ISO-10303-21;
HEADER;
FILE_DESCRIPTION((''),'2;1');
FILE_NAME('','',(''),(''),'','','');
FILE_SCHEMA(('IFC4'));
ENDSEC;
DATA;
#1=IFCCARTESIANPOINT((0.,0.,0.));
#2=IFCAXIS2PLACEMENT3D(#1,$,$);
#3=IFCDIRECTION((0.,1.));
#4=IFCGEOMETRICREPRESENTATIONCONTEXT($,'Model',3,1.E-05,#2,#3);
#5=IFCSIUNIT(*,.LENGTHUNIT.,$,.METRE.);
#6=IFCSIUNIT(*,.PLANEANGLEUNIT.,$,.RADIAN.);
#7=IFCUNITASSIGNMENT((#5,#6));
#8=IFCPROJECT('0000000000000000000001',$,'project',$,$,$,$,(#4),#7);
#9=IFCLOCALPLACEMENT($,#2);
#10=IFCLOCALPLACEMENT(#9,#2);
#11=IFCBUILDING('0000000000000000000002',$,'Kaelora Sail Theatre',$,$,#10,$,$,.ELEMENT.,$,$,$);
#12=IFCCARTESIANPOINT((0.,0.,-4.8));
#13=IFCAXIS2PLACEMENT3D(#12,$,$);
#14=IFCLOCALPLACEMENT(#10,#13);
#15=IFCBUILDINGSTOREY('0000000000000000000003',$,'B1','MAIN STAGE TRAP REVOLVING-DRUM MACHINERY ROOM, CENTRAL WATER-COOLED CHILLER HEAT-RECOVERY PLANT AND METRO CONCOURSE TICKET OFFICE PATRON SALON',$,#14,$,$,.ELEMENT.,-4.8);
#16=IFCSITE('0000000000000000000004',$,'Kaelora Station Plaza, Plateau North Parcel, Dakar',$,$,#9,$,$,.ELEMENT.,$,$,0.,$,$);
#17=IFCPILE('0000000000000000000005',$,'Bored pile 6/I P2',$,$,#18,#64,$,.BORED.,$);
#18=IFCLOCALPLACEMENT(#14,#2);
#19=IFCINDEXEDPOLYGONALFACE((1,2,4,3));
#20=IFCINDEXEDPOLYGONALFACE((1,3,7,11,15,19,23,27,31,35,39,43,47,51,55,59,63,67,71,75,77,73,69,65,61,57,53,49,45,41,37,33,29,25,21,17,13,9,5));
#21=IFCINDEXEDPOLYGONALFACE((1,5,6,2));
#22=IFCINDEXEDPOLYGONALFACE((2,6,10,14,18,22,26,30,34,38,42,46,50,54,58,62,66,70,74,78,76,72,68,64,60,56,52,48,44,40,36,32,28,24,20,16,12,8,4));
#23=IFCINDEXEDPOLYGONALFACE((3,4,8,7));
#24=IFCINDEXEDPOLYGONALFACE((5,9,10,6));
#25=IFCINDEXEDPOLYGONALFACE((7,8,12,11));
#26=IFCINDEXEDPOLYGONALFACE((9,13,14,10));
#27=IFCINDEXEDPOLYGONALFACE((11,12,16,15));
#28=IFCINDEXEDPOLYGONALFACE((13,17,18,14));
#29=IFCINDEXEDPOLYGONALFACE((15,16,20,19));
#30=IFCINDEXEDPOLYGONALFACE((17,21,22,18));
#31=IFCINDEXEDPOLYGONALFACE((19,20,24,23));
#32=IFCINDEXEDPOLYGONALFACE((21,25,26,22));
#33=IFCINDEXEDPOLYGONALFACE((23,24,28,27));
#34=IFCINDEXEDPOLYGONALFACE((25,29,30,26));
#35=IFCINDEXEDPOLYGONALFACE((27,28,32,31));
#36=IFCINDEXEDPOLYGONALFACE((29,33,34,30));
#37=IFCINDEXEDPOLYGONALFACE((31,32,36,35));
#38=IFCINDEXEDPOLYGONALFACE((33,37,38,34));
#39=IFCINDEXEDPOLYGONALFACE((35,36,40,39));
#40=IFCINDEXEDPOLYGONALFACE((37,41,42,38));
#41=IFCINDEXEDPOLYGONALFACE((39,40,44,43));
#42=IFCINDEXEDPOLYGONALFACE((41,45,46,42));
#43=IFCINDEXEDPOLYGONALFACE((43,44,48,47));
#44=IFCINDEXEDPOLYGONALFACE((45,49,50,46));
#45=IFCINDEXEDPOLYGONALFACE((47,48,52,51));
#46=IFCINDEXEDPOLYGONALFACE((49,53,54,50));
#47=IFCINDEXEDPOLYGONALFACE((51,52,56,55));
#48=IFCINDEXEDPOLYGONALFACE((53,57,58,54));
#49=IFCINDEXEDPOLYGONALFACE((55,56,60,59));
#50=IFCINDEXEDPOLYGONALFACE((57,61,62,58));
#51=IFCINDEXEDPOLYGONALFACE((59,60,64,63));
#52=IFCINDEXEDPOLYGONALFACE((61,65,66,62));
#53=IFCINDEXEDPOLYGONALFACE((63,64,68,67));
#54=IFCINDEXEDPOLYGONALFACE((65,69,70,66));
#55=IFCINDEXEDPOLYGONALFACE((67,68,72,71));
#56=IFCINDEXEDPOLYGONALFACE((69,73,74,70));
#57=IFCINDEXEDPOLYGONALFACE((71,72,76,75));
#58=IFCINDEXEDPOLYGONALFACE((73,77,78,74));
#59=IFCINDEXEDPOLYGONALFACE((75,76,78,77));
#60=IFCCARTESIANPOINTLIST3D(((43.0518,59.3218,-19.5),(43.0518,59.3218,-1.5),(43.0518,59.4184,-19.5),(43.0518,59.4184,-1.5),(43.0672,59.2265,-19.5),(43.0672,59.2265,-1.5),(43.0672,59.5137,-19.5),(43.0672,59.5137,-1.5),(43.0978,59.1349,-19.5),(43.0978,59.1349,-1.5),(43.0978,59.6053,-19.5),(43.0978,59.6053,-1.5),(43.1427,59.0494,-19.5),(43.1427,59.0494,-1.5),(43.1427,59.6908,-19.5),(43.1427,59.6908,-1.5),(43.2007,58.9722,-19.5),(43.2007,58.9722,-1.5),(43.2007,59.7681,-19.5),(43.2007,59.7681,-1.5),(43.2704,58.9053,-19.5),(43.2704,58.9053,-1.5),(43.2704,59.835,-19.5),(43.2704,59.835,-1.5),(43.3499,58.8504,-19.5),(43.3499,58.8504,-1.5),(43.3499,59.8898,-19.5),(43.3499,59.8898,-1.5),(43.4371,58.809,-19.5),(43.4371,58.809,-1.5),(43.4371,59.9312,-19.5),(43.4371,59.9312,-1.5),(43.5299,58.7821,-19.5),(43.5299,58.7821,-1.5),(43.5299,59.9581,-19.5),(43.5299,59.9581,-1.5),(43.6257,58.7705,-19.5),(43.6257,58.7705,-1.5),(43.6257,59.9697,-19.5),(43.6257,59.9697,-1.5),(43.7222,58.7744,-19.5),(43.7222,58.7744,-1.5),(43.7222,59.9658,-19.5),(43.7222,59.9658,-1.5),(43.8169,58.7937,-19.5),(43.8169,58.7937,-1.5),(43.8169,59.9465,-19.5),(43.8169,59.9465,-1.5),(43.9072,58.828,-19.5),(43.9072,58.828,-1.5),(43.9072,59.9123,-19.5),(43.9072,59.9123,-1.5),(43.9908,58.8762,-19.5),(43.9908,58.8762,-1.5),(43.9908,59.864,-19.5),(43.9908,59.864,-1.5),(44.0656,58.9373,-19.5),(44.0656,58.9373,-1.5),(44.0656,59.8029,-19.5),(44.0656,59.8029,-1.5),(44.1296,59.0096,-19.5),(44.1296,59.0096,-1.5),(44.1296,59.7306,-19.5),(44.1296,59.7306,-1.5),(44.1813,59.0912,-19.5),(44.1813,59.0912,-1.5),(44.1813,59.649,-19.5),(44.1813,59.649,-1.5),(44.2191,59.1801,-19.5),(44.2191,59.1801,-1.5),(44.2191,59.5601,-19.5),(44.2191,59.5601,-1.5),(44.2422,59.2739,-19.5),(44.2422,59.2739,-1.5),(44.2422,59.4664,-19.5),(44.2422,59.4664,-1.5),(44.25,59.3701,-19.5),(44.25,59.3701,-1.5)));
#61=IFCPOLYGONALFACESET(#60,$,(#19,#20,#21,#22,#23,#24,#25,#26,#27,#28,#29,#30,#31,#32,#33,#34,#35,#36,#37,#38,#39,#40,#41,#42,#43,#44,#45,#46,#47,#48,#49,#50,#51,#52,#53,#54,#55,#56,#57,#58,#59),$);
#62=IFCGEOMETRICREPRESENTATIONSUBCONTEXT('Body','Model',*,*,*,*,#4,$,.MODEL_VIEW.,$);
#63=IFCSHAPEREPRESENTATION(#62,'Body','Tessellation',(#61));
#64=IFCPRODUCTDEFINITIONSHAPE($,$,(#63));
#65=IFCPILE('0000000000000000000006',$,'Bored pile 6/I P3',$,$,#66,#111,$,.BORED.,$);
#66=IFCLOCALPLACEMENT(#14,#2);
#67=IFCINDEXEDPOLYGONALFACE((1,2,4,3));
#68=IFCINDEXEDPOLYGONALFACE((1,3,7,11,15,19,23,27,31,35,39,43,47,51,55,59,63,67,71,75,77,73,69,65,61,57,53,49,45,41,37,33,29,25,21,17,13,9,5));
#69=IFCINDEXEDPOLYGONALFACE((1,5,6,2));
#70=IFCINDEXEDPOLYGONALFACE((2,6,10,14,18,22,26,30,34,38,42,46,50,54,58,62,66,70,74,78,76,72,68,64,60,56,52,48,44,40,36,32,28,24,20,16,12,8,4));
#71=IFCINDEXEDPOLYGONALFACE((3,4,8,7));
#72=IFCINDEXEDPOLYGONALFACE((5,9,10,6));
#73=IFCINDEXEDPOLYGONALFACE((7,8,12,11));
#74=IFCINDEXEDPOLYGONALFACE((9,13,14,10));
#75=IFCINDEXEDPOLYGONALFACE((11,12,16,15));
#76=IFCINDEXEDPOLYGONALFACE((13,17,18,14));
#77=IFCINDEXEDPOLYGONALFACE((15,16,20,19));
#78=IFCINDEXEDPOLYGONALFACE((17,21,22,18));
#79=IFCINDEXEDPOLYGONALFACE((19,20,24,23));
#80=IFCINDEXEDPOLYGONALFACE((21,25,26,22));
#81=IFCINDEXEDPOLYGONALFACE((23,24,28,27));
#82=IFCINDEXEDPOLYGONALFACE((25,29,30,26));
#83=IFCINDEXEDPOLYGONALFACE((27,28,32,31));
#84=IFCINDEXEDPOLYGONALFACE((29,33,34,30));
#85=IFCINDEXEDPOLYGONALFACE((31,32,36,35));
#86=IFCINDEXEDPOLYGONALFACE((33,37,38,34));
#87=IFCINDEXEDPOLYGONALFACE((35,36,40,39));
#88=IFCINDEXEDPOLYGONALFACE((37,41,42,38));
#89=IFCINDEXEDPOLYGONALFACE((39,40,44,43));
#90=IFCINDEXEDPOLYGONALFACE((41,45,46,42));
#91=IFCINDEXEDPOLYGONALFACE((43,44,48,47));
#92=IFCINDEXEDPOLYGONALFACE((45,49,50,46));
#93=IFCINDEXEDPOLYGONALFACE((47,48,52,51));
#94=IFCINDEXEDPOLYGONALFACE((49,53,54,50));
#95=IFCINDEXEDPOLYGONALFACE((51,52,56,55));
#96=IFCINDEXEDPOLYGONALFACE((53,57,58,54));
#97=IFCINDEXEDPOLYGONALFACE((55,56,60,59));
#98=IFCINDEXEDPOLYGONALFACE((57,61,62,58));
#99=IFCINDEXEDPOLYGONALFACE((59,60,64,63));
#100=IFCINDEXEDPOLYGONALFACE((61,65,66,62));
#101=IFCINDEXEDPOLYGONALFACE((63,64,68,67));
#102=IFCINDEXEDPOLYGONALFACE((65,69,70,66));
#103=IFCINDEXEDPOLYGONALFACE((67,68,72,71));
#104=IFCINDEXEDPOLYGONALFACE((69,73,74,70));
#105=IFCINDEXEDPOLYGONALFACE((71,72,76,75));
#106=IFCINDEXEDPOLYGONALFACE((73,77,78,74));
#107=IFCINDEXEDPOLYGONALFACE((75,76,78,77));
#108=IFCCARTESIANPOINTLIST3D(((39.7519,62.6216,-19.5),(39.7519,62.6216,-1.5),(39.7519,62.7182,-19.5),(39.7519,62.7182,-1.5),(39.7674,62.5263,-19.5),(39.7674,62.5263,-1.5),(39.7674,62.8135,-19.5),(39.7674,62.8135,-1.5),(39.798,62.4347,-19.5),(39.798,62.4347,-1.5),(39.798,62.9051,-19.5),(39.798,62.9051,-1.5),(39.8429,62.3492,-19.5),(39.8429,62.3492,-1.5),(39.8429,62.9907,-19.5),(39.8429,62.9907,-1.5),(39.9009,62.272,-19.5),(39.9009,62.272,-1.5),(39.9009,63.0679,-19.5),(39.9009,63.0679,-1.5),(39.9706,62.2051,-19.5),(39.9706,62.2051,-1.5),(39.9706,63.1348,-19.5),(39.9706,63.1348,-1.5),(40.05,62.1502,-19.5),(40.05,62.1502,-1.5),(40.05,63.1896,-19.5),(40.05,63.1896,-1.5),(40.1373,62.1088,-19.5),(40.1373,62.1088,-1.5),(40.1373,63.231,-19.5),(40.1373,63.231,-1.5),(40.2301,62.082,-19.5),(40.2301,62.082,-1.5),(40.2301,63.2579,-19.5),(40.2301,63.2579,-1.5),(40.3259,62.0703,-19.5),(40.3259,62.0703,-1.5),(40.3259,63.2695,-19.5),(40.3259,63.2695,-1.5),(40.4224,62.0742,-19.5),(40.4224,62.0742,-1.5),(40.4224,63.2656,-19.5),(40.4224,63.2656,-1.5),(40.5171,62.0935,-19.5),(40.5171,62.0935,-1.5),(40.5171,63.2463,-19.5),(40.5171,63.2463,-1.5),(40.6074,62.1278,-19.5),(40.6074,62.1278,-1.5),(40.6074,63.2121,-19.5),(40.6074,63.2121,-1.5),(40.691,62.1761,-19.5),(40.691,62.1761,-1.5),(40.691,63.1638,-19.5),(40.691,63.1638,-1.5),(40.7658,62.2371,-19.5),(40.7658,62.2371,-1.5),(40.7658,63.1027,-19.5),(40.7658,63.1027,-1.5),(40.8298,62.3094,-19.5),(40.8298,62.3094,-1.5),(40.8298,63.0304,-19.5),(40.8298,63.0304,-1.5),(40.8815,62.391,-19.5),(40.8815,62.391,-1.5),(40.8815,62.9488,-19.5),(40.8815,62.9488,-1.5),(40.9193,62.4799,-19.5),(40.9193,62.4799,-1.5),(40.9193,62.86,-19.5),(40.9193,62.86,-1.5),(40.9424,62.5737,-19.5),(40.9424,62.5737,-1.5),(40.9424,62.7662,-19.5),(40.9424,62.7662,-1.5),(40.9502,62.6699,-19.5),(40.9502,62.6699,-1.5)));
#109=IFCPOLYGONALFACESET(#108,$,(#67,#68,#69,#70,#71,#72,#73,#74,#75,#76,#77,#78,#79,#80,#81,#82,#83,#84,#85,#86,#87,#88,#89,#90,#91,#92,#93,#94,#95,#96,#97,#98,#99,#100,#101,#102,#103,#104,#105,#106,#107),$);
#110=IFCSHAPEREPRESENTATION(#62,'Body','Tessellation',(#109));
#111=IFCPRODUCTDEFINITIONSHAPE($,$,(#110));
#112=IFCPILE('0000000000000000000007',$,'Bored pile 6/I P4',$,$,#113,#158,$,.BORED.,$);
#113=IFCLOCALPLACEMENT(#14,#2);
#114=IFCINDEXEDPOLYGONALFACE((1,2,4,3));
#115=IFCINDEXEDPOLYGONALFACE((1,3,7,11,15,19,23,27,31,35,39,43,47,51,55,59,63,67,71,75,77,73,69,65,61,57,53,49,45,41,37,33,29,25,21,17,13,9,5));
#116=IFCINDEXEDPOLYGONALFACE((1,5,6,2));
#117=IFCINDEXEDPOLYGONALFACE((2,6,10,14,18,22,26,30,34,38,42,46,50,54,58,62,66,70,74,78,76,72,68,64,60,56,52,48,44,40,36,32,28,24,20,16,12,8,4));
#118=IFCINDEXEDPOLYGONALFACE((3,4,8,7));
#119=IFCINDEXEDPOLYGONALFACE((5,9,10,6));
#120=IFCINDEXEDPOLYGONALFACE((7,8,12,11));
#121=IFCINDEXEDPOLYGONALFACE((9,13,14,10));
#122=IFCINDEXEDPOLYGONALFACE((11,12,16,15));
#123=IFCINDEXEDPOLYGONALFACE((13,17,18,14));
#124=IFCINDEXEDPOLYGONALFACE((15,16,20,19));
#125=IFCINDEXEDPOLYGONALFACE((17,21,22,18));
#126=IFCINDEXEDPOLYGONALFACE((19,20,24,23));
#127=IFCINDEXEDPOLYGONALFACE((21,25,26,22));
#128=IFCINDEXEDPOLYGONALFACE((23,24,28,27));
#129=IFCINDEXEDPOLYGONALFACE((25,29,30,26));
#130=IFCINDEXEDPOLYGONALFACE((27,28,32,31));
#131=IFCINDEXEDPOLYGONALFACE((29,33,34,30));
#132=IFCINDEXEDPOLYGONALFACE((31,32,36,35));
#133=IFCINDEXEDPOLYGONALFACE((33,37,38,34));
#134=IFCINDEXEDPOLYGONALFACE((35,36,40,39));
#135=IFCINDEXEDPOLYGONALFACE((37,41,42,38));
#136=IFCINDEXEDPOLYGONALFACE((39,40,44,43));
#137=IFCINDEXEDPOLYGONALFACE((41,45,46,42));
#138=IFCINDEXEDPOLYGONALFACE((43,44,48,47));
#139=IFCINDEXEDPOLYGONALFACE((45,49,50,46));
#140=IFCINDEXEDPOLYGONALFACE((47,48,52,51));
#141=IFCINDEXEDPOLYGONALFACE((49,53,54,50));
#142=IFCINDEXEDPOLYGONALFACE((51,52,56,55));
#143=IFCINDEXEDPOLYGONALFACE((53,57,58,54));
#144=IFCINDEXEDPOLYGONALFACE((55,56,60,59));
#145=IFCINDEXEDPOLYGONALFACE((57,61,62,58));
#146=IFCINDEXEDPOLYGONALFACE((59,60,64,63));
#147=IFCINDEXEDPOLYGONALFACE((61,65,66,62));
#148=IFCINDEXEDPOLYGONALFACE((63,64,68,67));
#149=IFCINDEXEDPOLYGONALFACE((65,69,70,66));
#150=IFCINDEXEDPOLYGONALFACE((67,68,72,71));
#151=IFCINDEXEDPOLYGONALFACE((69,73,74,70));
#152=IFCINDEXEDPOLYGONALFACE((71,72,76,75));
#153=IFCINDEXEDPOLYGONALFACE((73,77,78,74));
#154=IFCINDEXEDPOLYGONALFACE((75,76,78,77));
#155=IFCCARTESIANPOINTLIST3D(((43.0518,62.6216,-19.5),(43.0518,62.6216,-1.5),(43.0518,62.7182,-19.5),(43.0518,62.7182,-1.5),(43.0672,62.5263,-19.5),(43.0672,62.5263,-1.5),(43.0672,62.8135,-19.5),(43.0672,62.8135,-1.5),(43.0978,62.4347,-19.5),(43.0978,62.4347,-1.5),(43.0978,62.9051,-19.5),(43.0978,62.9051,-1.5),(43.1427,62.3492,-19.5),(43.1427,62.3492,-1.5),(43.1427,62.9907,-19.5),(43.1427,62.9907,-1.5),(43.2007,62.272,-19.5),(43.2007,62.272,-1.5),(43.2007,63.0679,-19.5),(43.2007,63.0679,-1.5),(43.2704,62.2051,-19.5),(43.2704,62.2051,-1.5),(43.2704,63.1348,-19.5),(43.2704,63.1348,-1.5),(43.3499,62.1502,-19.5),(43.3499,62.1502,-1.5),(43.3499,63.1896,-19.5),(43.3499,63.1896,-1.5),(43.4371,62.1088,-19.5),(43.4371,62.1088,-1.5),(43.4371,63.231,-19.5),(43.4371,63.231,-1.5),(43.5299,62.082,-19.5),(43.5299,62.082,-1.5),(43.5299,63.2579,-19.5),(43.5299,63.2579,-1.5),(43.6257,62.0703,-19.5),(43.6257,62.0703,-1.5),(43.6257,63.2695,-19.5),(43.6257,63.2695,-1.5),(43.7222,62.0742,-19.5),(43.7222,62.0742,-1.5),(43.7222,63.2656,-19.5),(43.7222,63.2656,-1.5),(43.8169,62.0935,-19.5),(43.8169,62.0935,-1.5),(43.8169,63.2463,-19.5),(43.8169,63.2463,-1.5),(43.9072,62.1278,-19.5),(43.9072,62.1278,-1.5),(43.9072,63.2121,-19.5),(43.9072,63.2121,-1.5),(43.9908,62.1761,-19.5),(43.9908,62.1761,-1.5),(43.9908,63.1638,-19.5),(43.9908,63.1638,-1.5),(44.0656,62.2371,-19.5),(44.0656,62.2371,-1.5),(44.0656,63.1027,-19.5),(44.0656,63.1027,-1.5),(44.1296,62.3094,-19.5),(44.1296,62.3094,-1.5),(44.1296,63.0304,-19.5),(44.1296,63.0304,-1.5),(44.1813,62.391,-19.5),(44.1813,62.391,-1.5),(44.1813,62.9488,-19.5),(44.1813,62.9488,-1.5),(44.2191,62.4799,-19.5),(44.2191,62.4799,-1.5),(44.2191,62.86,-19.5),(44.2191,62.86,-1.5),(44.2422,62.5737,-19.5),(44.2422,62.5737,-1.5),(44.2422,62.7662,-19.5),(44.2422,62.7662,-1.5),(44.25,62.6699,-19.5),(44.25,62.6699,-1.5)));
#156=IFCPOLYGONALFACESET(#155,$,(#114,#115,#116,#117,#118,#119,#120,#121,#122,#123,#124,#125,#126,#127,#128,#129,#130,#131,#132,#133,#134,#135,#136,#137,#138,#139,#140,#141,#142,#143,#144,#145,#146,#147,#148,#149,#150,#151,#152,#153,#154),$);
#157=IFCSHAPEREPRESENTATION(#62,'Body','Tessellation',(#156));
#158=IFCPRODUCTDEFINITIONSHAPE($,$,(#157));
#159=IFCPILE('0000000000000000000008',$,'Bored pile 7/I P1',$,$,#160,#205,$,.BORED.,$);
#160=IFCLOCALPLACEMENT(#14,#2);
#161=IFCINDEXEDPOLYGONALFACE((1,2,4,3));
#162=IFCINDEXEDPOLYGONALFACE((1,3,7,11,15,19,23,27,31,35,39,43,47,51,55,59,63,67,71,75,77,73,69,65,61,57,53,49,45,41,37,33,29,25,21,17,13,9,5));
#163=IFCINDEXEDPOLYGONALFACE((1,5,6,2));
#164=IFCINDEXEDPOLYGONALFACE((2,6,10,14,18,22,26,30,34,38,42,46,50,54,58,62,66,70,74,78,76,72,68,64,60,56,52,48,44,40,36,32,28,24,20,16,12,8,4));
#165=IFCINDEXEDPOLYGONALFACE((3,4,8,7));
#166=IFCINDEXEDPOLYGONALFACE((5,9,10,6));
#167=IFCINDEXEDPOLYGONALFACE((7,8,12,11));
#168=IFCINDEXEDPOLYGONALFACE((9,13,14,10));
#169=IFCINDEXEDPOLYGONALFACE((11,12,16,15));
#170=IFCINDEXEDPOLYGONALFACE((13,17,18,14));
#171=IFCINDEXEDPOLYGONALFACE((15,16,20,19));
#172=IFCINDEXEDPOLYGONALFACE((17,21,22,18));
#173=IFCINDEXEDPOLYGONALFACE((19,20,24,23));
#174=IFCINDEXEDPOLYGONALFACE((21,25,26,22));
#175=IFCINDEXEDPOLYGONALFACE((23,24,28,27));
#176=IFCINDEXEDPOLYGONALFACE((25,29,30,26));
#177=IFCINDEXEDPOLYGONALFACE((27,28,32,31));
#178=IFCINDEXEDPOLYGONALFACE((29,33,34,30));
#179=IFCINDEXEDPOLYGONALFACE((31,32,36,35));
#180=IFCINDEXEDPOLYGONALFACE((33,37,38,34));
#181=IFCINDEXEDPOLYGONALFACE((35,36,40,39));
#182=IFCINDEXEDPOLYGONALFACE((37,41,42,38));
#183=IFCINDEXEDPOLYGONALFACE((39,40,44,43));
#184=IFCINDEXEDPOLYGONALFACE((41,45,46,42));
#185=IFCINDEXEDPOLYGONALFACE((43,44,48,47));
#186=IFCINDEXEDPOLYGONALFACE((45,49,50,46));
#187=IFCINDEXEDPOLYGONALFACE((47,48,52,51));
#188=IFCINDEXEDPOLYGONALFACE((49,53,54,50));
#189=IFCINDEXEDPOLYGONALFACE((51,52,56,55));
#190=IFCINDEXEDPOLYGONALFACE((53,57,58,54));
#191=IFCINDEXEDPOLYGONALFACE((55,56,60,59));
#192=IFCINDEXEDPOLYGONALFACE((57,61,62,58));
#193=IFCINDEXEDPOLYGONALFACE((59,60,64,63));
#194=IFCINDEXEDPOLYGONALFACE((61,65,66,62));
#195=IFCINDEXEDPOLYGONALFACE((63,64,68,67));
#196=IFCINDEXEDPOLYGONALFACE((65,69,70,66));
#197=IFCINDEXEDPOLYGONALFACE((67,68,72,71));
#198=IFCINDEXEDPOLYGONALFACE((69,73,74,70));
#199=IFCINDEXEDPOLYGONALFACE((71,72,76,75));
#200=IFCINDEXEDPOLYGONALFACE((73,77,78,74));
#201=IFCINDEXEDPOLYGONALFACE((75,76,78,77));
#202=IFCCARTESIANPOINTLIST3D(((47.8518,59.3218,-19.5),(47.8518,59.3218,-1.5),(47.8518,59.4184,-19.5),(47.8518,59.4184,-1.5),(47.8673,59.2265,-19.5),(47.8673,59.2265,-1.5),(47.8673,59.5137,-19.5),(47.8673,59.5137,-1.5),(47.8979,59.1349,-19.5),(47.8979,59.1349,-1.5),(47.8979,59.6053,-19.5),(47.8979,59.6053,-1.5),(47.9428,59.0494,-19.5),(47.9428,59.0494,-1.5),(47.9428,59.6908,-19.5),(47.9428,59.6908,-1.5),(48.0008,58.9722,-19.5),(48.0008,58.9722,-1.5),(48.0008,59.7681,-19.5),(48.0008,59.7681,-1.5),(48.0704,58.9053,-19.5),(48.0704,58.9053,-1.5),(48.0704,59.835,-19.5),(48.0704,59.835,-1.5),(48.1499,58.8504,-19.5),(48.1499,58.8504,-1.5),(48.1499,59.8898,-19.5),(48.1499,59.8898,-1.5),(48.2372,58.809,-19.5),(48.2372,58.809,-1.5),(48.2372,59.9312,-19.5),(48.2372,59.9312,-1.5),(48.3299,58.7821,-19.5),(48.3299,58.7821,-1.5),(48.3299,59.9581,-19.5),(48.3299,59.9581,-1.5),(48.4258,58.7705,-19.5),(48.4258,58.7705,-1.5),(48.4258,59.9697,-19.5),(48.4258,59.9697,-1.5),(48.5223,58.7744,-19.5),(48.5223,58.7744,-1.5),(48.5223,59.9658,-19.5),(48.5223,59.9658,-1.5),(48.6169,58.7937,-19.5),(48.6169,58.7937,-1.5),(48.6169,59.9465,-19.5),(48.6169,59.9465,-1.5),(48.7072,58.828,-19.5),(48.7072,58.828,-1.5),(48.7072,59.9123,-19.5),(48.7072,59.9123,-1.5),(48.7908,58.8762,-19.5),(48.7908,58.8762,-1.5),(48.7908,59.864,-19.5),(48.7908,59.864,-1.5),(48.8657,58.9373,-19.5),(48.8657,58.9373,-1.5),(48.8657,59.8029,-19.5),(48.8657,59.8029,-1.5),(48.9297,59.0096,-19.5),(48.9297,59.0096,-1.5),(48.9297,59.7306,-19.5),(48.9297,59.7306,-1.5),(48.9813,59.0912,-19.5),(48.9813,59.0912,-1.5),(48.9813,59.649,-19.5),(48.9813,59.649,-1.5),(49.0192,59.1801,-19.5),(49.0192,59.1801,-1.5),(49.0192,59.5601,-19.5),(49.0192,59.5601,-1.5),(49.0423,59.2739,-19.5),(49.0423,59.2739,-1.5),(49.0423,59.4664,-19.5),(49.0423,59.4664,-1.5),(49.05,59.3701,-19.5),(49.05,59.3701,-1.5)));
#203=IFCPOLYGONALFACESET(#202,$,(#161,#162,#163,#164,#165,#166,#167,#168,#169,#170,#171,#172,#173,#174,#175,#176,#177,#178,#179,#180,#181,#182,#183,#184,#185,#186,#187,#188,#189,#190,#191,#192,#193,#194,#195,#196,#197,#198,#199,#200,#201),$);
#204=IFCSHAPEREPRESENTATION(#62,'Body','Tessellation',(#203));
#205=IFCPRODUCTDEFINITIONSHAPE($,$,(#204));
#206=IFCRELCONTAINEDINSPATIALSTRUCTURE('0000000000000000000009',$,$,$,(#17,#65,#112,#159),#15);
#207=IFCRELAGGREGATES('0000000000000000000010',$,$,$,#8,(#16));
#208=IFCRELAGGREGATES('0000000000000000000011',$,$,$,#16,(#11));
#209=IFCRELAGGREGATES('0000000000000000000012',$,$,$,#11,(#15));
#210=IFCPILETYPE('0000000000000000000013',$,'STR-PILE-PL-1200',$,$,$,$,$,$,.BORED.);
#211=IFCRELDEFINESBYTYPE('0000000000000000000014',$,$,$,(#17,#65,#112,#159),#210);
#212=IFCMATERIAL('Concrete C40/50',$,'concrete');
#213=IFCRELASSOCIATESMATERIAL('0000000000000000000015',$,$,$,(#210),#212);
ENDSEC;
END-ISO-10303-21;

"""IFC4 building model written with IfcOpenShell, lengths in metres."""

from ifc_helpers import new_model, si_unit, direction, frame, origin, origin_2d, place, context, subcontext, project, spatial, circle, extrude, material, material_profile, profile_set, type_object, element, save


model = new_model("IFC4")

# Units and contexts
model_context = context("Model", 3, precision=1e-05, world=origin(), true_north=direction((0.0, 1.0)))
body_context = subcontext(model_context, "Body", "Model", "MODEL_VIEW")
ifc_project = project(units=[si_unit("LENGTHUNIT", "METRE"), si_unit("PLANEANGLEUNIT", "RADIAN")], contexts=[model_context])

# Site, building, storey
site_placement = place(None, origin())
site = spatial("IfcSite", under=ifc_project, at=site_placement, Name="Kaelora Station Plaza, Plateau North Parcel, Dakar", CompositionType="ELEMENT", RefElevation=0.0)
building_placement = place(site_placement, origin())
building = spatial("IfcBuilding", under=site, at=building_placement, Name="Kaelora Sail Theatre", CompositionType="ELEMENT")
storey_placement = place(building_placement, frame((0.0, 0.0, -4.8)))
storey = spatial("IfcBuildingStorey", under=building, at=storey_placement, Name="B1", Description="MAIN STAGE TRAP REVOLVING-DRUM MACHINERY ROOM, CENTRAL WATER-COOLED CHILLER HEAT-RECOVERY PLANT AND METRO CONCOURSE TICKET OFFICE PATRON SALON", CompositionType="ELEMENT", Elevation=-4.8)

# Piles
ifc_material_1 = material(Name="Concrete C40/50", Category="concrete")
ifc_material_profile_1 = material_profile(ifc_material_1, circle(Radius=0.6001, at=origin_2d()), Name="PILE D1200")
ifc_profile_set_1 = profile_set([ifc_material_profile_1], Name="Concrete C40/50")
pile_type_1 = type_object("IfcPileType", Name="STR-PILE-PL-1200", PredefinedType="BORED", material=ifc_profile_set_1)
for number, where, z_axis, x_axis, name in (
    (1, (43.6499, 59.3701, -1.5), (0.0, 0.0, -1.0), (1.0, 0.0, 0.0), "Bored pile 6/I P2"),
    (2, (40.3501, 62.6699, -1.5), (0.0, 0.0, -1.0), (1.0, 0.0, 0.0), "Bored pile 6/I P3"),
    (3, (43.6499, 62.6699, -1.5), (0.0, 0.0, -1.0), (1.0, 0.0, 0.0), "Bored pile 6/I P4"),
    (4, (48.45, 59.3701, -1.5), (0.0, 0.0, -1.0), (1.0, 0.0, 0.0), "Bored pile 7/I P1"),
):
    element("IfcPile", number, at=place(storey_placement, frame(where, z_axis=z_axis, x_axis=x_axis)), inside=storey, type_object=pile_type_1, Name=name, PredefinedType="BORED", context=body_context, shape_type="SweptSolid", body=[
        extrude(circle(Radius=0.6001, at=origin_2d()), origin(), (0.0, 0.0, 1.0), 18.0),
    ])

save(model, "model.ifc")
